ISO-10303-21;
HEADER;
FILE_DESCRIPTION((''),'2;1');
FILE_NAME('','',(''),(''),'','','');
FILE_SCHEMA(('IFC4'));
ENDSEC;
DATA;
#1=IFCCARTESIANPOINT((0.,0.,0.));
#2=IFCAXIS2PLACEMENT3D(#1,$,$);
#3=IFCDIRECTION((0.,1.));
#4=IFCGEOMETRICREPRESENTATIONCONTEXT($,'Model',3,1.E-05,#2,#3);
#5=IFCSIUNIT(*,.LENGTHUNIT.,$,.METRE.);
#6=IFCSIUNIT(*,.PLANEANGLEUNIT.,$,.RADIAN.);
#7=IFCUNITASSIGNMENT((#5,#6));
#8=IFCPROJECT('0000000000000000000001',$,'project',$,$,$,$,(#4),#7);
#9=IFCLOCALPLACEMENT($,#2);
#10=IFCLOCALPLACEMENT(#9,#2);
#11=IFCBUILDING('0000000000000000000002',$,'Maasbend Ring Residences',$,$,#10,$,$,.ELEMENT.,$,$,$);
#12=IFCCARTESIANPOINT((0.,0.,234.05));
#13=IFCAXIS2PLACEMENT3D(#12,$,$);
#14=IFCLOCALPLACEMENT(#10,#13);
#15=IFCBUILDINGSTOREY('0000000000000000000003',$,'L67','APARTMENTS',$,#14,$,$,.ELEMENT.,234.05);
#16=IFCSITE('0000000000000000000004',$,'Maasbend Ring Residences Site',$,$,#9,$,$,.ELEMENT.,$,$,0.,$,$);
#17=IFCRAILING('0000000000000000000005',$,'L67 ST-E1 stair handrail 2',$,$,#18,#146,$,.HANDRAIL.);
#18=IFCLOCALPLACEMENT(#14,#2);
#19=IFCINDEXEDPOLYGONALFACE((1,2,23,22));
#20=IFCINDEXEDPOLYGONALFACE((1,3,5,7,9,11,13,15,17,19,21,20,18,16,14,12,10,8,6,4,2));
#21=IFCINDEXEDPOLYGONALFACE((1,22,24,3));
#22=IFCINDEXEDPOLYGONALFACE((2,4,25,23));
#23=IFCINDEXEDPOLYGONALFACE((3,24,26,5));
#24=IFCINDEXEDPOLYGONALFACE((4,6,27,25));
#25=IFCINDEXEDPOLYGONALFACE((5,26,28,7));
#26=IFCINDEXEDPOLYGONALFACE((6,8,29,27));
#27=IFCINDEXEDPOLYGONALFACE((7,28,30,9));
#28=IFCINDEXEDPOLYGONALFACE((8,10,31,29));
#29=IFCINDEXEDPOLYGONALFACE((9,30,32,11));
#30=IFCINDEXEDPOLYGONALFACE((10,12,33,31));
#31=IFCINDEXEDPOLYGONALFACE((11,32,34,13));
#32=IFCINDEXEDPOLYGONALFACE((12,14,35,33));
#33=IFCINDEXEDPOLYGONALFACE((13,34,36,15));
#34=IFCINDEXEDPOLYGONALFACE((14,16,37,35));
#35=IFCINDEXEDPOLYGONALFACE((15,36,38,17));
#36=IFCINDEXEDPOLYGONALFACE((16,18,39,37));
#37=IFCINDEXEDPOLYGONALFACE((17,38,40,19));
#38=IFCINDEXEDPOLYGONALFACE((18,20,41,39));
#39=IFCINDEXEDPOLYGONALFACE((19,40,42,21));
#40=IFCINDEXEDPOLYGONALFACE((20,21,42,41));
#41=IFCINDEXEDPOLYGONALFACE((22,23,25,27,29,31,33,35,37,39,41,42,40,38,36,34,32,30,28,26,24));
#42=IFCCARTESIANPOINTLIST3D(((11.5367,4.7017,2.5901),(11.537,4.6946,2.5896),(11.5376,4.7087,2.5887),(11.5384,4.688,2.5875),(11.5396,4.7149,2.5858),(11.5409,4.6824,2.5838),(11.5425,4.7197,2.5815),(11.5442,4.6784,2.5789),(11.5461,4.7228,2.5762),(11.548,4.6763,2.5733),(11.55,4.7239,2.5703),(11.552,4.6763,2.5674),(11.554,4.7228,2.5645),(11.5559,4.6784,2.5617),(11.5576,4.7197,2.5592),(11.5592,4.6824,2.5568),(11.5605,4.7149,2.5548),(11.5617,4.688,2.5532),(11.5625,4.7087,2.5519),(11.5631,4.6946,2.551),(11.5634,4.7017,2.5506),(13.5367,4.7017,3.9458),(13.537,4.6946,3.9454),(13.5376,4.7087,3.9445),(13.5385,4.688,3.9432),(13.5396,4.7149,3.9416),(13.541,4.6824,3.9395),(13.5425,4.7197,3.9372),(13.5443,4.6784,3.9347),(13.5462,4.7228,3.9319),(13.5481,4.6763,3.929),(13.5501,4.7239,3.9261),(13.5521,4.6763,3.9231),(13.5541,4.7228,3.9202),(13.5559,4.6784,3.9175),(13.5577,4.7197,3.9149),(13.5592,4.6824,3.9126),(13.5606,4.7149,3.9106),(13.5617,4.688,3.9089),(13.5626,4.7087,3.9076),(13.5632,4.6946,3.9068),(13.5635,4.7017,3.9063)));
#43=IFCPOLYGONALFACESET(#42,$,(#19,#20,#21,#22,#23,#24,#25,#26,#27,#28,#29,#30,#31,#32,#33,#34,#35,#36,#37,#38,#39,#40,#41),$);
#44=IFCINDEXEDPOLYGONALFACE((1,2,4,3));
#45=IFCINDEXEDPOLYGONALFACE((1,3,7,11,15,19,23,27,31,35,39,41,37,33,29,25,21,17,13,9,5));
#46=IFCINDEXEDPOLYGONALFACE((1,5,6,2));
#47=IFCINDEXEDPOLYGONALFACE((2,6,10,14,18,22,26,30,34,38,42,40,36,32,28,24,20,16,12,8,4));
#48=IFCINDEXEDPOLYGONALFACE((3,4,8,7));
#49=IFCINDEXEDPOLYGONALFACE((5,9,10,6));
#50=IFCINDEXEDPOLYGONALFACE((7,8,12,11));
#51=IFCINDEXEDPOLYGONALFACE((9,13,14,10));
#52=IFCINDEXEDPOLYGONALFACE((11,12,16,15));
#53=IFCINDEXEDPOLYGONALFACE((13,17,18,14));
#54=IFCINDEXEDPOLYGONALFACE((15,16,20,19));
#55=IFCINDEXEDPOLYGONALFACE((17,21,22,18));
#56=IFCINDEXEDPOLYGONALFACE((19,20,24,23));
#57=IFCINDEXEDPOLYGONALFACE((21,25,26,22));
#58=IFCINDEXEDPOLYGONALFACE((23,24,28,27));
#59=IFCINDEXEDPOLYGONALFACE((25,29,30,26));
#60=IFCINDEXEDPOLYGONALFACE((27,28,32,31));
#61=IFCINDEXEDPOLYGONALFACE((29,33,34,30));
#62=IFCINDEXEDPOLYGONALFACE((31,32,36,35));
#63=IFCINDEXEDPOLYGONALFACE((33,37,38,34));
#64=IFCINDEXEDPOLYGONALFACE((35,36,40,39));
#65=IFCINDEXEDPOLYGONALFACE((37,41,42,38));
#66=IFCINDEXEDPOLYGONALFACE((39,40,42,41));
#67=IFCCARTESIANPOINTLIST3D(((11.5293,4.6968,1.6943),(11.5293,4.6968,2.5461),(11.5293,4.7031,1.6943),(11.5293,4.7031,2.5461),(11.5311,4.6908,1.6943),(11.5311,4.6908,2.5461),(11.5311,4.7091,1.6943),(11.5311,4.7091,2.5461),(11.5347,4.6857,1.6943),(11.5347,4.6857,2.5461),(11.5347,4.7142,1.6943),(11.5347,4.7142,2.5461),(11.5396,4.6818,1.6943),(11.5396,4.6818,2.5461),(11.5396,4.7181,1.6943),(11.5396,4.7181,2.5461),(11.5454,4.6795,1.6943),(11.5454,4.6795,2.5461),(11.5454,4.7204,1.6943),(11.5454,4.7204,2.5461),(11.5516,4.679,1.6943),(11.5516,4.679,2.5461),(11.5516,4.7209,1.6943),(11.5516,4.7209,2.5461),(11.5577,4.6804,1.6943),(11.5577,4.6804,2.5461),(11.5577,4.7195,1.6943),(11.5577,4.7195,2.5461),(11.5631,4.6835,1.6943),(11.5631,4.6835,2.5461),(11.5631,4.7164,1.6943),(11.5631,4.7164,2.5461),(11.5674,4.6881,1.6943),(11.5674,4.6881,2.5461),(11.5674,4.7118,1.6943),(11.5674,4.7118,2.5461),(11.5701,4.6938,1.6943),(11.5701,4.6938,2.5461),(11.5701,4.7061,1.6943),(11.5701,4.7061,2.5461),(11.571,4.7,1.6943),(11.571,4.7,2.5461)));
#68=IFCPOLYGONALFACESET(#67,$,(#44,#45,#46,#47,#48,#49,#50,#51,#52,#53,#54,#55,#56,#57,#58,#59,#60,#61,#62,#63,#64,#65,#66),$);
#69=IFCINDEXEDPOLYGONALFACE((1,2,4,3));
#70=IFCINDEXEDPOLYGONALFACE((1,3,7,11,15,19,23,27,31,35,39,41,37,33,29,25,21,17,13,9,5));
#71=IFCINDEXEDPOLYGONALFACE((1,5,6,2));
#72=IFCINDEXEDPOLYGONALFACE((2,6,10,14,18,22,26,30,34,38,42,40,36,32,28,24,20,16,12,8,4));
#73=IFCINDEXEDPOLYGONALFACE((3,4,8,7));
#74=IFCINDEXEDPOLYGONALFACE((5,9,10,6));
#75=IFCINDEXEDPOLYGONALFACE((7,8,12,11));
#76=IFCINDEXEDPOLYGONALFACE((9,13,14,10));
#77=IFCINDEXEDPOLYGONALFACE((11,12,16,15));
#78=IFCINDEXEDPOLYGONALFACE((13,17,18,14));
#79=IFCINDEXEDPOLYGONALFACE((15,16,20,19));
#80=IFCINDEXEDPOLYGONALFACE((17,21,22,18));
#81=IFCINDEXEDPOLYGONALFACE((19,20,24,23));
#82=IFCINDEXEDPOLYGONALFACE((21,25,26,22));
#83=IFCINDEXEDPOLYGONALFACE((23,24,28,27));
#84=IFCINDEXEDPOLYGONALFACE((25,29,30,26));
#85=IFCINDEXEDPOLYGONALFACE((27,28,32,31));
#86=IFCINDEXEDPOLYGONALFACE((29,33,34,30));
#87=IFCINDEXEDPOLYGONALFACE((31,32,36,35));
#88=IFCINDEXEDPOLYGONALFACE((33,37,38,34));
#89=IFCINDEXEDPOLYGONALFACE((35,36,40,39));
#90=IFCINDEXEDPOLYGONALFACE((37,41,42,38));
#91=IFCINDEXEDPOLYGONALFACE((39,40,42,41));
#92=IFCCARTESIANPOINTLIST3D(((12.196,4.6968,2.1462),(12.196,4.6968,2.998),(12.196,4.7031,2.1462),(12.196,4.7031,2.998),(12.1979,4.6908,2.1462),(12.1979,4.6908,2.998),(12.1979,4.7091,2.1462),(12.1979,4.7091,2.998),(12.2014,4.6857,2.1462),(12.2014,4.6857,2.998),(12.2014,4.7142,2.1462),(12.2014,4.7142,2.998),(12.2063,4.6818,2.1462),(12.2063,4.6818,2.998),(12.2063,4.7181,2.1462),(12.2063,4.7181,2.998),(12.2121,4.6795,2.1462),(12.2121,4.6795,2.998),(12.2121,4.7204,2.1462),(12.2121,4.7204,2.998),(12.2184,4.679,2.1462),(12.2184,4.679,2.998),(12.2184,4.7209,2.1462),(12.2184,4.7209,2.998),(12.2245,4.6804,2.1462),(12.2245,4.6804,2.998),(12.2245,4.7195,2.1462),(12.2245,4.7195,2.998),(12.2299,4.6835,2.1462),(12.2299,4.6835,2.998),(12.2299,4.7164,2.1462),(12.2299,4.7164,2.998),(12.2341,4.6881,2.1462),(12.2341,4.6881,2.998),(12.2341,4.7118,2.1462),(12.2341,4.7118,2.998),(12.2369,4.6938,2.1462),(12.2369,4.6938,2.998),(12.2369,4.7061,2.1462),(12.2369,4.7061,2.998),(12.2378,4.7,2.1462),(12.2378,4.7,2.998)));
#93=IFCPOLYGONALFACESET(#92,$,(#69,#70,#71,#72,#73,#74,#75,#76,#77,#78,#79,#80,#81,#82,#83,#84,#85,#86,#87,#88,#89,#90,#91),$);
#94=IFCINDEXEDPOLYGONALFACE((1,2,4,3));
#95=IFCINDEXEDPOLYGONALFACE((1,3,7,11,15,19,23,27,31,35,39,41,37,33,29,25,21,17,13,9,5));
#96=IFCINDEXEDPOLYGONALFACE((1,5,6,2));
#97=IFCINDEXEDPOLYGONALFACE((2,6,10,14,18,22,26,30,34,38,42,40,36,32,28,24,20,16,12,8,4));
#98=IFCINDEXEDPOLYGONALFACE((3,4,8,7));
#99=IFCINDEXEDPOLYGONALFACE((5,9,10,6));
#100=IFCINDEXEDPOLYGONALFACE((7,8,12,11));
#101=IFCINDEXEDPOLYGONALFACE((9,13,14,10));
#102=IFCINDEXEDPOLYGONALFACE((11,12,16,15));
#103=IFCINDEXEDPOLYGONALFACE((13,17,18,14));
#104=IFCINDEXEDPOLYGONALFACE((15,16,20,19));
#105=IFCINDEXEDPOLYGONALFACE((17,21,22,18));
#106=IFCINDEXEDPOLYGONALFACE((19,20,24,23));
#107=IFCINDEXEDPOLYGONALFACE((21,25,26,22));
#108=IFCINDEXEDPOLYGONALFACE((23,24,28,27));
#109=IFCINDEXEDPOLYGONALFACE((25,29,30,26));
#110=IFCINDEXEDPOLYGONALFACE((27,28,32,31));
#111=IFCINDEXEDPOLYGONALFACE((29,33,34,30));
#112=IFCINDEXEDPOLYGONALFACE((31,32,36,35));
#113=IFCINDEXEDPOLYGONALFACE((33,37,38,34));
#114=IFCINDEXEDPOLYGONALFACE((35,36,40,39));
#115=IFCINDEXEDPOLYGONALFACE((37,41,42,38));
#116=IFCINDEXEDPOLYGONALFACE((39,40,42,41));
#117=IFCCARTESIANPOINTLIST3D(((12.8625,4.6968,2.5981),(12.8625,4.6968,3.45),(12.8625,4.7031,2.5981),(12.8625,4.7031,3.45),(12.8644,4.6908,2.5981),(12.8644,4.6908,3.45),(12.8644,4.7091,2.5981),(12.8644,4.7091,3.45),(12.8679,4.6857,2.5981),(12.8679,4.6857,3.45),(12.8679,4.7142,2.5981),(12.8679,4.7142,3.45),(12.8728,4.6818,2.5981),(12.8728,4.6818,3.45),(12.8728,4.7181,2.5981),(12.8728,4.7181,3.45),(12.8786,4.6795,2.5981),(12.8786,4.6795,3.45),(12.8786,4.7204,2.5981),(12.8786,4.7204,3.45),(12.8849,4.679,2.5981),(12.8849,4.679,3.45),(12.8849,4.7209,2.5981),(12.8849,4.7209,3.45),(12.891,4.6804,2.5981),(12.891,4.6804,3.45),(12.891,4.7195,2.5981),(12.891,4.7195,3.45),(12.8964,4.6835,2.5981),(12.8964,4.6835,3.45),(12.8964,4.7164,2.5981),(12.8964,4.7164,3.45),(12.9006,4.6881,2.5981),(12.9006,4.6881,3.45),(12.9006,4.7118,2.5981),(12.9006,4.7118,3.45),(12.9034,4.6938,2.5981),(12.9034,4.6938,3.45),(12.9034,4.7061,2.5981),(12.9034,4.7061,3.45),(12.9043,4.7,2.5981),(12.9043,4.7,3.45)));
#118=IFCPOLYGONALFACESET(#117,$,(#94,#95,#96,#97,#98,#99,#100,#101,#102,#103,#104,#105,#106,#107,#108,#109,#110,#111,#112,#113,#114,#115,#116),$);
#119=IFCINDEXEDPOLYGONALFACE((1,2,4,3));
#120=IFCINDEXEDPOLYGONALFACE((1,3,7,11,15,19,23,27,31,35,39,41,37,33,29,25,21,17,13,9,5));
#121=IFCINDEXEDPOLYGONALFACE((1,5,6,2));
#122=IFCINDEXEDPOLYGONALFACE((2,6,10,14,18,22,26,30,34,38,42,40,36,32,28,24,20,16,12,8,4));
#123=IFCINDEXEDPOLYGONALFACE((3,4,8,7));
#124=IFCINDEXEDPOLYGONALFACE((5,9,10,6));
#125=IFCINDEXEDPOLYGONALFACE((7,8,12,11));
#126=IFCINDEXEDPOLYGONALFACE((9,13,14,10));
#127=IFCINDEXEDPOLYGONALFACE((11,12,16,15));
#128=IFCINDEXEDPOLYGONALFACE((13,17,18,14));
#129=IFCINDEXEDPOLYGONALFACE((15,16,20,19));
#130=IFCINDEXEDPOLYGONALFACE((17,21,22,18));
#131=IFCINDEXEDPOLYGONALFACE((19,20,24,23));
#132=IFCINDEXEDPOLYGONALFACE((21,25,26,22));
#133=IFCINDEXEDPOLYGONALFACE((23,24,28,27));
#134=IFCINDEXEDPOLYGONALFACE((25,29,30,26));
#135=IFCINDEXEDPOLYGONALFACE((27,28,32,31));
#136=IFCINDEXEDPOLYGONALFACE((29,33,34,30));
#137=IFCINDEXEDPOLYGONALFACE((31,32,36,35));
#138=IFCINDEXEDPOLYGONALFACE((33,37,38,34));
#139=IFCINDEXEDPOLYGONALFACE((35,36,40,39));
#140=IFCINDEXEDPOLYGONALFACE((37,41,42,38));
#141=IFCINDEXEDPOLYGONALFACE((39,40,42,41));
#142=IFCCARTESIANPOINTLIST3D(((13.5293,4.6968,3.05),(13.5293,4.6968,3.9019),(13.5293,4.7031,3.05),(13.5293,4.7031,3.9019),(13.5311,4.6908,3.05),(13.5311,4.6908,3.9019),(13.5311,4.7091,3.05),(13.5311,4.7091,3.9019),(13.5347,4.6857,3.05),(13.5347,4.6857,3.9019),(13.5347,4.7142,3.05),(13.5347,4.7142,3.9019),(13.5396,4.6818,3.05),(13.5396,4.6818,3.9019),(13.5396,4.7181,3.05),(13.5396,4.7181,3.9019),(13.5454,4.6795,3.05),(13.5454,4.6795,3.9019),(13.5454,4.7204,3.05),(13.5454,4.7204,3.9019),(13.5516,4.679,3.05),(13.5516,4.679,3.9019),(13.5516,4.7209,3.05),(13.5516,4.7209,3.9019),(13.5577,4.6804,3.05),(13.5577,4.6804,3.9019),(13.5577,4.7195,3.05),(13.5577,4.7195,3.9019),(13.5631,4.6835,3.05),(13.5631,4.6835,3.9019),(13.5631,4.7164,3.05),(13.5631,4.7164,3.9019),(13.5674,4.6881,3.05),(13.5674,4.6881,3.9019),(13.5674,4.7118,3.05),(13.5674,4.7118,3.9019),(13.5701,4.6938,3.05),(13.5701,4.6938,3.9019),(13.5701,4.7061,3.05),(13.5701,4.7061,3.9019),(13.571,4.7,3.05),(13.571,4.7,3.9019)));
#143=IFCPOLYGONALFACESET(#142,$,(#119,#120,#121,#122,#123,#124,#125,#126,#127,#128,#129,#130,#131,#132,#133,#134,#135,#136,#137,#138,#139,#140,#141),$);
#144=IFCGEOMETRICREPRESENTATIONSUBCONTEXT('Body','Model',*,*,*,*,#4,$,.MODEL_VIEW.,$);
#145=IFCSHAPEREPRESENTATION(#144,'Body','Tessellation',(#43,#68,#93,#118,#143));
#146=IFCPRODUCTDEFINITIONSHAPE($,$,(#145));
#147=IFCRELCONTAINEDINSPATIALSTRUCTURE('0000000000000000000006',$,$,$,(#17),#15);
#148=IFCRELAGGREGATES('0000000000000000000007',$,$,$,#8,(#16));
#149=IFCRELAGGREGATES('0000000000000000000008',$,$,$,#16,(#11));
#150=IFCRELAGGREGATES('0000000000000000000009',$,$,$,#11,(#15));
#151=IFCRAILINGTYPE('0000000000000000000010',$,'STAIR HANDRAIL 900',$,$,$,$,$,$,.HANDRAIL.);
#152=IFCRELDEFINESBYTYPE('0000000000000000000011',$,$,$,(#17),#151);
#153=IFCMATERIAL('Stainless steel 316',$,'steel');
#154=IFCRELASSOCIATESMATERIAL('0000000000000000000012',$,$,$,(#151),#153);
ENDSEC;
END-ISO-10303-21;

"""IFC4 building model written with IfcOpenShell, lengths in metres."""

from ifc_helpers import new_model, si_unit, direction, frame, origin, origin_2d, place, context, subcontext, project, spatial, circle, extrude, material, type_object, element, save


model = new_model("IFC4")

# Units and contexts
model_context = context("Model", 3, precision=1e-05, world=origin(), true_north=direction((0.0, 1.0)))
body_context = subcontext(model_context, "Body", "Model", "MODEL_VIEW")
ifc_project = project(units=[si_unit("LENGTHUNIT", "METRE"), si_unit("PLANEANGLEUNIT", "RADIAN")], contexts=[model_context])

# Site, building, storey
site_placement = place(None, origin())
site = spatial("IfcSite", under=ifc_project, at=site_placement, Name="Maasbend Ring Residences Site", CompositionType="ELEMENT", RefElevation=0.0)
building_placement = place(site_placement, origin())
building = spatial("IfcBuilding", under=site, at=building_placement, Name="Maasbend Ring Residences", CompositionType="ELEMENT")
storey_placement = place(building_placement, frame((0.0, 0.0, 234.05)))
storey = spatial("IfcBuildingStorey", under=building, at=storey_placement, Name="L67", Description="APARTMENTS", CompositionType="ELEMENT", Elevation=234.05)

# Railing
ifc_material_1 = material(Name="Stainless steel 316", Category="steel")
railing_type_1 = type_object("IfcRailingType", Name="STAIR HANDRAIL 900", PredefinedType="HANDRAIL", material=ifc_material_1)
railing_1_placement = place(storey_placement, frame((11.55, 4.7, 1.6943)))
element("IfcRailing", 1, at=railing_1_placement, inside=storey, type_object=railing_type_1, Name="L67 ST-E1 stair handrail 2", PredefinedType="HANDRAIL", context=body_context, shape_type="SweptSolid", body=[
    extrude(circle(Radius=0.0239, at=origin_2d()), frame((0.0, 0.0, 0.876), z_axis=(0.827751, 0.0, 0.561096), x_axis=(0.0, 1.0, 0.0)), (0.0, 0.0, 1.0), 2.4163),
    extrude(circle(Radius=0.021, at=origin_2d()), origin(), (0.0, 0.0, 1.0), 0.8518),
    extrude(circle(Radius=0.021, at=origin_2d()), frame((0.6667, 0.0, 0.4519)), (0.0, 0.0, 1.0), 0.8518),
    extrude(circle(Radius=0.021, at=origin_2d()), frame((1.3333, 0.0, 0.9038)), (0.0, 0.0, 1.0), 0.8518),
    extrude(circle(Radius=0.021, at=origin_2d()), frame((2.0, 0.0, 1.3557)), (0.0, 0.0, 1.0), 0.8518),
])

save(model, "model.ifc")
